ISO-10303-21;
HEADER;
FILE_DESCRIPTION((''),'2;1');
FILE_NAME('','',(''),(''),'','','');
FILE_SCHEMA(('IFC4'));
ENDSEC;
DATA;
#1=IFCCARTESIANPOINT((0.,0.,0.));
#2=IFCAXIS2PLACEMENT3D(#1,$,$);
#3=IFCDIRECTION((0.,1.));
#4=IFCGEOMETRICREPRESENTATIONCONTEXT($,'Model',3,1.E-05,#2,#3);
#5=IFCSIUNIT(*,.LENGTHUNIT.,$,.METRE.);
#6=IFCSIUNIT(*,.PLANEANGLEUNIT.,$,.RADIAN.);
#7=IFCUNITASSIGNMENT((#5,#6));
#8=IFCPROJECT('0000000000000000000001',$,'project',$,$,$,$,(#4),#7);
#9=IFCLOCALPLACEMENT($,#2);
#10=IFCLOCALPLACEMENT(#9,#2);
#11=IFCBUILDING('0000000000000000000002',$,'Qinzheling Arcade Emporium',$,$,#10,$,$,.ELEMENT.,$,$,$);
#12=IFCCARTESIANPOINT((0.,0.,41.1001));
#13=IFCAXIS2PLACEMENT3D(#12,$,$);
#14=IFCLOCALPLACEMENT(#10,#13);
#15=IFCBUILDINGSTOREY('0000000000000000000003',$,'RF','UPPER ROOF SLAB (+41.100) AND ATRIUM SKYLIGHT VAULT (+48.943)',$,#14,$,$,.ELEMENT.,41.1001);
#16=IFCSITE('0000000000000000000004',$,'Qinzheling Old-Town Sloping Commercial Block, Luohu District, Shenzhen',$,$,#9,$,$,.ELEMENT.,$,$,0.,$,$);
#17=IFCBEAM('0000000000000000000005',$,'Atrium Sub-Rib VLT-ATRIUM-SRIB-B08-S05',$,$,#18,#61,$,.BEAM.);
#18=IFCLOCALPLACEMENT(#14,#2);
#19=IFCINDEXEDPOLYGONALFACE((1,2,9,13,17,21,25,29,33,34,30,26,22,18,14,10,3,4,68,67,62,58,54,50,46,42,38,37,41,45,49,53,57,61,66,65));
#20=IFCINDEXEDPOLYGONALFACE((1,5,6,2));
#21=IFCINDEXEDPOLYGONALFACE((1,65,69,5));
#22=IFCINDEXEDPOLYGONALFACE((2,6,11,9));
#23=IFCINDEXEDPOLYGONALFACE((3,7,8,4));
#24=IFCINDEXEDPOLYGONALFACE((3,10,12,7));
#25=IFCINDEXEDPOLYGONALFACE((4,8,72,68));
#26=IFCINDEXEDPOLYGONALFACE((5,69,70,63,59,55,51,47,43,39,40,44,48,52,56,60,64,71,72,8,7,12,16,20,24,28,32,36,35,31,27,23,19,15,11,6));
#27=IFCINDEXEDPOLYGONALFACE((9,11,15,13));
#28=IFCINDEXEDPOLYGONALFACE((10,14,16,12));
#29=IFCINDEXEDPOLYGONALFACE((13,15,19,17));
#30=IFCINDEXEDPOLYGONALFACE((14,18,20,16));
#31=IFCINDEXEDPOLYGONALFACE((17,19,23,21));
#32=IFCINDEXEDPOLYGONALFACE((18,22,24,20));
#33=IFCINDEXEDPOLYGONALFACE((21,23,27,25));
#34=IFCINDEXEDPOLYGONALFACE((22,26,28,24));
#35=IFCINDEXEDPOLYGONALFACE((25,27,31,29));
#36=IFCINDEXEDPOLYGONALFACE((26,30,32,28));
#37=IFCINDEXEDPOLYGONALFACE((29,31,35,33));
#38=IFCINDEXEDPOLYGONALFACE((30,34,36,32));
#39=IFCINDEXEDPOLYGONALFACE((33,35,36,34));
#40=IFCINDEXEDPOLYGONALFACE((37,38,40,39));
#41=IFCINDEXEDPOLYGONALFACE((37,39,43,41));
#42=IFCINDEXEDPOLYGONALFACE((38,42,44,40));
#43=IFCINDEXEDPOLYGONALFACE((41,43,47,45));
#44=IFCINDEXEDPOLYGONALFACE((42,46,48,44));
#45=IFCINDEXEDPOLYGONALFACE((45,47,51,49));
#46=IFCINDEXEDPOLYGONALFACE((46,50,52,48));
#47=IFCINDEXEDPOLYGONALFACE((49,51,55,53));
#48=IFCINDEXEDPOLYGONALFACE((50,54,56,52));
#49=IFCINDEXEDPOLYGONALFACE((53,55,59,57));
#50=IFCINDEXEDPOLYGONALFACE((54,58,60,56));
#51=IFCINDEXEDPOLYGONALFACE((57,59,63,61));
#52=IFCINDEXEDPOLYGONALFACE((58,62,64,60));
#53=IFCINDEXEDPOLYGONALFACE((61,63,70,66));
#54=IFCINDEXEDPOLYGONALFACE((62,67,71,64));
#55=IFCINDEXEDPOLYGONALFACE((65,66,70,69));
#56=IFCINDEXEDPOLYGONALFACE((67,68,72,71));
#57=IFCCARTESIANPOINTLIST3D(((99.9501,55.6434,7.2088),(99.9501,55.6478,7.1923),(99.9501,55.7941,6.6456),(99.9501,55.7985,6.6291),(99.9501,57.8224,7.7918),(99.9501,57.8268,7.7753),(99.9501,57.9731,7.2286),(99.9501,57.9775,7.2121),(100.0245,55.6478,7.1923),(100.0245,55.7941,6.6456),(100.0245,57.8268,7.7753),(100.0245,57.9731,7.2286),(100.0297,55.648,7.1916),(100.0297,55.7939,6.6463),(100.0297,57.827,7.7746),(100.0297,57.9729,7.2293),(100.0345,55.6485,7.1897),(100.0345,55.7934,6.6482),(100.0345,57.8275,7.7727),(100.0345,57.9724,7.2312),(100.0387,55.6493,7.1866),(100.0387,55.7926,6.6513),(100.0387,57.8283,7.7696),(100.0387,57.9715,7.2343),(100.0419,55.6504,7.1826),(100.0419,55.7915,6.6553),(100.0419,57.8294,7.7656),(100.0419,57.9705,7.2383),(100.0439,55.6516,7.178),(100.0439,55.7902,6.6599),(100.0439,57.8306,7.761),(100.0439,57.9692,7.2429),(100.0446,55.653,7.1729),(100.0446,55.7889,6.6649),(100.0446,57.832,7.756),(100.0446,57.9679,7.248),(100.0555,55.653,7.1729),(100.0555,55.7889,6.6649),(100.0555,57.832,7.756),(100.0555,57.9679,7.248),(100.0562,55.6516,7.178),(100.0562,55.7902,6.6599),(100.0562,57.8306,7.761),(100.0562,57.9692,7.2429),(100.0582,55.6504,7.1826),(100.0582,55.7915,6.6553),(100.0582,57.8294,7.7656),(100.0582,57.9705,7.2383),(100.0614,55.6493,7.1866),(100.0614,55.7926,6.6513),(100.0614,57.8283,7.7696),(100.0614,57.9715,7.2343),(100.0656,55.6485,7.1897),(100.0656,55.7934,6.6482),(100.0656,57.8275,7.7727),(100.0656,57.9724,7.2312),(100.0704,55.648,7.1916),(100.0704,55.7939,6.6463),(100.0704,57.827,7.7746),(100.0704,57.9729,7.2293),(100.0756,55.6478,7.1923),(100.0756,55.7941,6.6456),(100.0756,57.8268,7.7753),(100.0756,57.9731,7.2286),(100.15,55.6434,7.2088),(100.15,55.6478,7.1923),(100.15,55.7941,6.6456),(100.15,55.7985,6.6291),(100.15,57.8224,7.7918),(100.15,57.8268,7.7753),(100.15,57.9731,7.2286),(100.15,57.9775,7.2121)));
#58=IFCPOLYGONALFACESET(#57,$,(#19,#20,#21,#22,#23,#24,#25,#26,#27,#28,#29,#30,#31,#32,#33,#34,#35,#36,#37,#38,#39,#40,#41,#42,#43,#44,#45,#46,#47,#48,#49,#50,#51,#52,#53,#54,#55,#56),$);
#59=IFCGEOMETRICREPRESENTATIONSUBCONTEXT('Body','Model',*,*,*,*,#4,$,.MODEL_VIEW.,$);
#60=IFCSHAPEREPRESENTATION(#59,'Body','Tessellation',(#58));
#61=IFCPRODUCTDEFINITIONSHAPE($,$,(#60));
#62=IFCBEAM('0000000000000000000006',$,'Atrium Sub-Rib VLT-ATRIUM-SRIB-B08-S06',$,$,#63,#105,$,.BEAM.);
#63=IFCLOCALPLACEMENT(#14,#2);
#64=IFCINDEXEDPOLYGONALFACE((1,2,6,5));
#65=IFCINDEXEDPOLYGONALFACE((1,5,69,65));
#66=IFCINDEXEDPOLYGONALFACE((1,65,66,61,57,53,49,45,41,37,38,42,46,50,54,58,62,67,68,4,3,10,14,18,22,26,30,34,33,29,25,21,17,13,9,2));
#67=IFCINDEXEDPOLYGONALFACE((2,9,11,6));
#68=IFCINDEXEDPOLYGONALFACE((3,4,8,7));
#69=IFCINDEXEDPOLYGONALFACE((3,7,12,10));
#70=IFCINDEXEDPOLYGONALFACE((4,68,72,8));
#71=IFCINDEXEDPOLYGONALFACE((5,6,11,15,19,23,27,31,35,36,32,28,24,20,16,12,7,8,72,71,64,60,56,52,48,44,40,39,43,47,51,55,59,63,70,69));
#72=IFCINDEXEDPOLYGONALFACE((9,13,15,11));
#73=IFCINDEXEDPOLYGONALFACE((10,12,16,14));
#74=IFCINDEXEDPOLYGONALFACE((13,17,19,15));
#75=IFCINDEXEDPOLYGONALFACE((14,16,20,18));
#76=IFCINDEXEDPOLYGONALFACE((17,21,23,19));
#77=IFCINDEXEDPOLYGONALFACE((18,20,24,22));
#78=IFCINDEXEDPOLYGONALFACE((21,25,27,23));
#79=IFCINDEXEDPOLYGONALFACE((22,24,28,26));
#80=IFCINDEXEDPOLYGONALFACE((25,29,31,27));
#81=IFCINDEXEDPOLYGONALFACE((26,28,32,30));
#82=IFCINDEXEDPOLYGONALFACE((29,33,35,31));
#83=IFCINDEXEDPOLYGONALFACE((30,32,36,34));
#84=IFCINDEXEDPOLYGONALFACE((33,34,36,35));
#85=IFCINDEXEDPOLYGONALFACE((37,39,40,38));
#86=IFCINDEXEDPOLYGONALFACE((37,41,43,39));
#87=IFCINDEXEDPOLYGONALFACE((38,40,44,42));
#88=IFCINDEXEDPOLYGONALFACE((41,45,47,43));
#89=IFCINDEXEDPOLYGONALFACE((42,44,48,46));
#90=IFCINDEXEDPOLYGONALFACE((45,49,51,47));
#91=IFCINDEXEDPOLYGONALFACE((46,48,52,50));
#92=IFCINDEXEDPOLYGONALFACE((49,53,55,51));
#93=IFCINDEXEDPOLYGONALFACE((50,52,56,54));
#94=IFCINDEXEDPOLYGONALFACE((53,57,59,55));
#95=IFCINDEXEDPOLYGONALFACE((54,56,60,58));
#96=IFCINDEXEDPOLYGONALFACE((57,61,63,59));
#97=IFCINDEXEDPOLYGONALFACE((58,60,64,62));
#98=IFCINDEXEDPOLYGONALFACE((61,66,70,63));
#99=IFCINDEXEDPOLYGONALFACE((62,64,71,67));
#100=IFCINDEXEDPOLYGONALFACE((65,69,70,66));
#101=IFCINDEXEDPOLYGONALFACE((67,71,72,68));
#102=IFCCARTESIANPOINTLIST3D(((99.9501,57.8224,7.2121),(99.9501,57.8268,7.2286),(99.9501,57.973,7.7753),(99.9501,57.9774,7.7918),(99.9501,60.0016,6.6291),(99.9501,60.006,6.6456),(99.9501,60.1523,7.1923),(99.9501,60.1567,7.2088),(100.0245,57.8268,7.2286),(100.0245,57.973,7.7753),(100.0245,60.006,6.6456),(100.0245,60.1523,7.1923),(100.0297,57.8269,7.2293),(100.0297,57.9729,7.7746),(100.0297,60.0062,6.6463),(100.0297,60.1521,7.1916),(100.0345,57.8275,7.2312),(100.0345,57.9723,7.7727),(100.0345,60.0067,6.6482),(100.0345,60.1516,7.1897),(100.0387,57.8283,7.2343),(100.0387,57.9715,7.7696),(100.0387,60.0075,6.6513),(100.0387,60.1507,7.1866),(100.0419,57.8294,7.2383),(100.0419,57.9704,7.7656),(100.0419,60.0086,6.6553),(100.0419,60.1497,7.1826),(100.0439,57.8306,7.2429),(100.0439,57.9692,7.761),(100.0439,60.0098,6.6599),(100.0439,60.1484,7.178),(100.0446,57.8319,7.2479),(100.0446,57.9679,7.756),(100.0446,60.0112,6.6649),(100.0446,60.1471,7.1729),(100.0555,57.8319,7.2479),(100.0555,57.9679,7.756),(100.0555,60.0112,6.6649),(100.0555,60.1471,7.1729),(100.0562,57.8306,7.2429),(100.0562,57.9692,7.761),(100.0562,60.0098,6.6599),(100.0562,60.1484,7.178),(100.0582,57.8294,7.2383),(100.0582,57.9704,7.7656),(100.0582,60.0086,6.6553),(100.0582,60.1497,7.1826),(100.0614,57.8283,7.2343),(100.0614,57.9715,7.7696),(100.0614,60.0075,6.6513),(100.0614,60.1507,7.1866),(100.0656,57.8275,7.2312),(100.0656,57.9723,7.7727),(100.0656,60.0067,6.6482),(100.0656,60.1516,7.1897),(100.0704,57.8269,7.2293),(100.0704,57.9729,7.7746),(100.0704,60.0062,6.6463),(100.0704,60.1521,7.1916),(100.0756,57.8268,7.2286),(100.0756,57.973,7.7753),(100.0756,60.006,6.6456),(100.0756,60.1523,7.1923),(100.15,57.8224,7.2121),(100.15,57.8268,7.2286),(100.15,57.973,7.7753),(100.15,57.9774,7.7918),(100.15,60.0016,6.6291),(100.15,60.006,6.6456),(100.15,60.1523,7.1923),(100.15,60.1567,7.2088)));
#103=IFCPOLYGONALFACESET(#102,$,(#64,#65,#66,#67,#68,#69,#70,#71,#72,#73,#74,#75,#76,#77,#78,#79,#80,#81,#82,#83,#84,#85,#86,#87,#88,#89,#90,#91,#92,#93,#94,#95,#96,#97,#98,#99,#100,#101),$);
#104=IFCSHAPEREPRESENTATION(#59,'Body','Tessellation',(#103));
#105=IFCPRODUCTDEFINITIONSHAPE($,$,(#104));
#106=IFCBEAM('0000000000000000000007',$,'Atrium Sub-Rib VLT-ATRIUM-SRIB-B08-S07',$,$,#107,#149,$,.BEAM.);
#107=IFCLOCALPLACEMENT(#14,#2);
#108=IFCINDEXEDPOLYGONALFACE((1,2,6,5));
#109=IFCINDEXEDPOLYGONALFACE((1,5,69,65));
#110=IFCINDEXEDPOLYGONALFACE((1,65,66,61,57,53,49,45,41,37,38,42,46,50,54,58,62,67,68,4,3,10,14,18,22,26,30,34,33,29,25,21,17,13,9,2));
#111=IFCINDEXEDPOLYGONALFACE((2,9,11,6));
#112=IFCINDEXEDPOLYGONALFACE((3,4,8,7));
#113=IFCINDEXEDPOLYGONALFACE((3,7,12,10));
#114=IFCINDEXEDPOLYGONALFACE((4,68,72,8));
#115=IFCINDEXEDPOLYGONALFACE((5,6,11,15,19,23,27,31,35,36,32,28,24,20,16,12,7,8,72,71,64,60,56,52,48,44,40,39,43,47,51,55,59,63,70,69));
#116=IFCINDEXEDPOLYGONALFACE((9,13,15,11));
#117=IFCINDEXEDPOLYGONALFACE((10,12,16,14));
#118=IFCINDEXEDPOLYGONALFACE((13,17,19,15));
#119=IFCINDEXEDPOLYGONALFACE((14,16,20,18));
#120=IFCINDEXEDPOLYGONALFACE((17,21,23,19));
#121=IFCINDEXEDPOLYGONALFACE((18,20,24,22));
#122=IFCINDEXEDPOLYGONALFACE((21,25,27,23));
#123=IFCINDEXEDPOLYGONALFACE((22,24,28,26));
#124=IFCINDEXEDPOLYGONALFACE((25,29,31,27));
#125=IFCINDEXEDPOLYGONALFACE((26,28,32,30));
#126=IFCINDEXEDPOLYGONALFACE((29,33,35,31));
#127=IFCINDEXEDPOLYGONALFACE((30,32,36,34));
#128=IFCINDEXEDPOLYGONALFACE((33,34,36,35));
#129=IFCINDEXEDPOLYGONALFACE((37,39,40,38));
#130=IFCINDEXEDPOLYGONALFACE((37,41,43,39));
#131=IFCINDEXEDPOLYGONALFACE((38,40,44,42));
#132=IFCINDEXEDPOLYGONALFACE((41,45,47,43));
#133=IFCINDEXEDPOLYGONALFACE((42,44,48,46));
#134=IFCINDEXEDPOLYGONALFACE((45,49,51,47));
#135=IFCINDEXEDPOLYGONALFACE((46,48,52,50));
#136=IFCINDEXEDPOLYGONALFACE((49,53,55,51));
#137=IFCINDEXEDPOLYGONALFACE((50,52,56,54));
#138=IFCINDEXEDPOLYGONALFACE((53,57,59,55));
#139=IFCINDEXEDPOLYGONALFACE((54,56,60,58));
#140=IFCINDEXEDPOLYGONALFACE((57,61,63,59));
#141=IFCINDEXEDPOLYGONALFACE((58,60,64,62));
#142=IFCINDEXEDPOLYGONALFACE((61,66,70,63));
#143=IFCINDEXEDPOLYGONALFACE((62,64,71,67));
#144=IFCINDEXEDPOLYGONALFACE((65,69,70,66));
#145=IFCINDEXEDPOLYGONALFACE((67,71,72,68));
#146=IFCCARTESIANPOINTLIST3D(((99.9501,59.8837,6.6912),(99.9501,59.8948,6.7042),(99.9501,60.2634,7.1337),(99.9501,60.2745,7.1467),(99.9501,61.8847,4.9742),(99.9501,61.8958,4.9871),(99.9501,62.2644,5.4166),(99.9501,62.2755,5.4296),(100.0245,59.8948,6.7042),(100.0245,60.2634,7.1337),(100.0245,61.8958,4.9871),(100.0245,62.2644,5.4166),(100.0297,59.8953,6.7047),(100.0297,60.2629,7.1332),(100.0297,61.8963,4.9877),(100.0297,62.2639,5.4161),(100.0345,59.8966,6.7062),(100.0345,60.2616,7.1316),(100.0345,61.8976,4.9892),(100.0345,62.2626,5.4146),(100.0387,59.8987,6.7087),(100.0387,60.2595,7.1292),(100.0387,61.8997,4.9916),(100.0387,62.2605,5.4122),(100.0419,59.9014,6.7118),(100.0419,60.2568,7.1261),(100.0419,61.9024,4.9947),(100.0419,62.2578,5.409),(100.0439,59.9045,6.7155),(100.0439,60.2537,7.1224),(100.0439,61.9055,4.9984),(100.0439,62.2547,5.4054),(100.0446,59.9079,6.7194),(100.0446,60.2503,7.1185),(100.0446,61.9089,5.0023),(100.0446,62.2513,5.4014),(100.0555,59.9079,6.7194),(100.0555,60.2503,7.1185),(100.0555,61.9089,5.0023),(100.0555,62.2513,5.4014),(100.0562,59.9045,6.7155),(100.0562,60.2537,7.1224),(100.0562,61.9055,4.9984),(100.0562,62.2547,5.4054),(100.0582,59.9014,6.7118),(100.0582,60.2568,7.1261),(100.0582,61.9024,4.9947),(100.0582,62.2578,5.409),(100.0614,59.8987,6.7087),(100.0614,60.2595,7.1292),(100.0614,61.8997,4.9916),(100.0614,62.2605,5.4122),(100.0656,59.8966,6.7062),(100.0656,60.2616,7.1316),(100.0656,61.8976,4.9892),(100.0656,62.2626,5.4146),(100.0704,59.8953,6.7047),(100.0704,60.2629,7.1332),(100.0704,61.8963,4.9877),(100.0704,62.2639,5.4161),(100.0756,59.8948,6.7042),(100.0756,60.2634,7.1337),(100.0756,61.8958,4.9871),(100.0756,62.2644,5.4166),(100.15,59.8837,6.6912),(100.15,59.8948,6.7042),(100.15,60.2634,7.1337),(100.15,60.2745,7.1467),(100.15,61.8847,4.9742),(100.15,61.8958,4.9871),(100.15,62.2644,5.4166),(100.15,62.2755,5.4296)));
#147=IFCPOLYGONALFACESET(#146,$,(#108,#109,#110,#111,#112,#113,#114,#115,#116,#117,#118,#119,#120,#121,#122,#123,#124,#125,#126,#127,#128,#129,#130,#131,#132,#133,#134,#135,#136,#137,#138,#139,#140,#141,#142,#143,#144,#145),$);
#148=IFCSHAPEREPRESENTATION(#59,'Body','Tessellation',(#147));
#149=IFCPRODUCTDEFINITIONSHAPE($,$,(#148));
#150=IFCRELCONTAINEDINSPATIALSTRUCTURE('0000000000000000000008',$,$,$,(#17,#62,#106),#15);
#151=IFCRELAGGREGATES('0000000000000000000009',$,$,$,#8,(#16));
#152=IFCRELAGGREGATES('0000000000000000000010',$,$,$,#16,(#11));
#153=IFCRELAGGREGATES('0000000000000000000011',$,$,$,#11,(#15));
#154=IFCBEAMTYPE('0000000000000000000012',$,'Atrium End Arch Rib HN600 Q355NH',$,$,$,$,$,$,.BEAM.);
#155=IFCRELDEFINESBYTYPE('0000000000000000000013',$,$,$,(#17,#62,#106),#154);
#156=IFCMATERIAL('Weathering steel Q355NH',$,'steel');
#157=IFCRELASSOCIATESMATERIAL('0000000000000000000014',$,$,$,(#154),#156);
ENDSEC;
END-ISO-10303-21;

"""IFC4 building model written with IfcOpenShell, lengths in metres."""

from ifc_helpers import new_model, si_unit, direction, frame, origin, origin_2d, place, context, subcontext, project, spatial, i_section, extrude, material, material_profile, profile_set, type_object, element, save


model = new_model("IFC4")

# Units and contexts
model_context = context("Model", 3, precision=1e-05, world=origin(), true_north=direction((0.0, 1.0)))
body_context = subcontext(model_context, "Body", "Model", "MODEL_VIEW")
ifc_project = project(units=[si_unit("LENGTHUNIT", "METRE"), si_unit("PLANEANGLEUNIT", "RADIAN")], contexts=[model_context])

# Site, building, storey
site_placement = place(None, origin())
site = spatial("IfcSite", under=ifc_project, at=site_placement, Name="Qinzheling Old-Town Sloping Commercial Block, Luohu District, Shenzhen", CompositionType="ELEMENT", RefElevation=0.0)
building_placement = place(site_placement, origin())
building = spatial("IfcBuilding", under=site, at=building_placement, Name="Qinzheling Arcade Emporium", CompositionType="ELEMENT")
storey_placement = place(building_placement, frame((0.0, 0.0, 41.1001)))
storey = spatial("IfcBuildingStorey", under=building, at=storey_placement, Name="RF", Description="UPPER ROOF SLAB (+41.100) AND ATRIUM SKYLIGHT VAULT (+48.943)", CompositionType="ELEMENT", Elevation=41.1001)

# Beams
ifc_material_1 = material(Name="Weathering steel Q355NH", Category="steel")
ifc_material_profile_1 = material_profile(ifc_material_1, i_section(OverallWidth=0.2, OverallDepth=0.6001, WebThickness=0.011, FlangeThickness=0.0171, FilletRadius=0.02, at=origin_2d()), Name="HN 600x200x11x17", Category="steel")
ifc_profile_set_1 = profile_set([ifc_material_profile_1], Name="Weathering steel Q355NH")
beam_type_1 = type_object("IfcBeamType", Name="Atrium End Arch Rib HN600 Q355NH", PredefinedType="BEAM", material=ifc_profile_set_1)
beam_1_placement = place(storey_placement, frame((100.05, 55.7209, 6.9189), z_axis=(0.0, 0.966019, 0.258471), x_axis=(-1.0, 0.0, 0.0)))
element("IfcBeam", 1, at=beam_1_placement, inside=storey, type_object=beam_type_1, Name="Atrium Sub-Rib VLT-ATRIUM-SRIB-B08-S05", PredefinedType="BEAM", context=body_context, shape_type="SweptSolid", body=[
    extrude(i_section(OverallWidth=0.2, OverallDepth=0.6001, WebThickness=0.011, FlangeThickness=0.0171, FilletRadius=0.02, at=origin_2d()), origin(), (0.0, 0.0, 1.0), 2.2556),
])
beam_2_placement = place(storey_placement, frame((100.05, 57.8999, 7.502), z_axis=(0.0, 0.966026, -0.258444), x_axis=(-1.0, 0.0, 0.0)))
element("IfcBeam", 2, at=beam_2_placement, inside=storey, type_object=beam_type_1, Name="Atrium Sub-Rib VLT-ATRIUM-SRIB-B08-S06", PredefinedType="BEAM", context=body_context, shape_type="SweptSolid", body=[
    extrude(i_section(OverallWidth=0.2, OverallDepth=0.6001, WebThickness=0.011, FlangeThickness=0.0171, FilletRadius=0.02, at=origin_2d()), origin(), (0.0, 0.0, 1.0), 2.2559),
])
beam_3_placement = place(storey_placement, frame((100.05, 60.0791, 6.9189), z_axis=(0.0, 0.758897, -0.651211), x_axis=(-1.0, 0.0, 0.0)))
element("IfcBeam", 3, at=beam_3_placement, inside=storey, type_object=beam_type_1, Name="Atrium Sub-Rib VLT-ATRIUM-SRIB-B08-S07", PredefinedType="BEAM", context=body_context, shape_type="SweptSolid", body=[
    extrude(i_section(OverallWidth=0.2, OverallDepth=0.6001, WebThickness=0.011, FlangeThickness=0.0171, FilletRadius=0.02, at=origin_2d()), origin(), (0.0, 0.0, 1.0), 2.6367),
])

save(model, "model.ifc")
